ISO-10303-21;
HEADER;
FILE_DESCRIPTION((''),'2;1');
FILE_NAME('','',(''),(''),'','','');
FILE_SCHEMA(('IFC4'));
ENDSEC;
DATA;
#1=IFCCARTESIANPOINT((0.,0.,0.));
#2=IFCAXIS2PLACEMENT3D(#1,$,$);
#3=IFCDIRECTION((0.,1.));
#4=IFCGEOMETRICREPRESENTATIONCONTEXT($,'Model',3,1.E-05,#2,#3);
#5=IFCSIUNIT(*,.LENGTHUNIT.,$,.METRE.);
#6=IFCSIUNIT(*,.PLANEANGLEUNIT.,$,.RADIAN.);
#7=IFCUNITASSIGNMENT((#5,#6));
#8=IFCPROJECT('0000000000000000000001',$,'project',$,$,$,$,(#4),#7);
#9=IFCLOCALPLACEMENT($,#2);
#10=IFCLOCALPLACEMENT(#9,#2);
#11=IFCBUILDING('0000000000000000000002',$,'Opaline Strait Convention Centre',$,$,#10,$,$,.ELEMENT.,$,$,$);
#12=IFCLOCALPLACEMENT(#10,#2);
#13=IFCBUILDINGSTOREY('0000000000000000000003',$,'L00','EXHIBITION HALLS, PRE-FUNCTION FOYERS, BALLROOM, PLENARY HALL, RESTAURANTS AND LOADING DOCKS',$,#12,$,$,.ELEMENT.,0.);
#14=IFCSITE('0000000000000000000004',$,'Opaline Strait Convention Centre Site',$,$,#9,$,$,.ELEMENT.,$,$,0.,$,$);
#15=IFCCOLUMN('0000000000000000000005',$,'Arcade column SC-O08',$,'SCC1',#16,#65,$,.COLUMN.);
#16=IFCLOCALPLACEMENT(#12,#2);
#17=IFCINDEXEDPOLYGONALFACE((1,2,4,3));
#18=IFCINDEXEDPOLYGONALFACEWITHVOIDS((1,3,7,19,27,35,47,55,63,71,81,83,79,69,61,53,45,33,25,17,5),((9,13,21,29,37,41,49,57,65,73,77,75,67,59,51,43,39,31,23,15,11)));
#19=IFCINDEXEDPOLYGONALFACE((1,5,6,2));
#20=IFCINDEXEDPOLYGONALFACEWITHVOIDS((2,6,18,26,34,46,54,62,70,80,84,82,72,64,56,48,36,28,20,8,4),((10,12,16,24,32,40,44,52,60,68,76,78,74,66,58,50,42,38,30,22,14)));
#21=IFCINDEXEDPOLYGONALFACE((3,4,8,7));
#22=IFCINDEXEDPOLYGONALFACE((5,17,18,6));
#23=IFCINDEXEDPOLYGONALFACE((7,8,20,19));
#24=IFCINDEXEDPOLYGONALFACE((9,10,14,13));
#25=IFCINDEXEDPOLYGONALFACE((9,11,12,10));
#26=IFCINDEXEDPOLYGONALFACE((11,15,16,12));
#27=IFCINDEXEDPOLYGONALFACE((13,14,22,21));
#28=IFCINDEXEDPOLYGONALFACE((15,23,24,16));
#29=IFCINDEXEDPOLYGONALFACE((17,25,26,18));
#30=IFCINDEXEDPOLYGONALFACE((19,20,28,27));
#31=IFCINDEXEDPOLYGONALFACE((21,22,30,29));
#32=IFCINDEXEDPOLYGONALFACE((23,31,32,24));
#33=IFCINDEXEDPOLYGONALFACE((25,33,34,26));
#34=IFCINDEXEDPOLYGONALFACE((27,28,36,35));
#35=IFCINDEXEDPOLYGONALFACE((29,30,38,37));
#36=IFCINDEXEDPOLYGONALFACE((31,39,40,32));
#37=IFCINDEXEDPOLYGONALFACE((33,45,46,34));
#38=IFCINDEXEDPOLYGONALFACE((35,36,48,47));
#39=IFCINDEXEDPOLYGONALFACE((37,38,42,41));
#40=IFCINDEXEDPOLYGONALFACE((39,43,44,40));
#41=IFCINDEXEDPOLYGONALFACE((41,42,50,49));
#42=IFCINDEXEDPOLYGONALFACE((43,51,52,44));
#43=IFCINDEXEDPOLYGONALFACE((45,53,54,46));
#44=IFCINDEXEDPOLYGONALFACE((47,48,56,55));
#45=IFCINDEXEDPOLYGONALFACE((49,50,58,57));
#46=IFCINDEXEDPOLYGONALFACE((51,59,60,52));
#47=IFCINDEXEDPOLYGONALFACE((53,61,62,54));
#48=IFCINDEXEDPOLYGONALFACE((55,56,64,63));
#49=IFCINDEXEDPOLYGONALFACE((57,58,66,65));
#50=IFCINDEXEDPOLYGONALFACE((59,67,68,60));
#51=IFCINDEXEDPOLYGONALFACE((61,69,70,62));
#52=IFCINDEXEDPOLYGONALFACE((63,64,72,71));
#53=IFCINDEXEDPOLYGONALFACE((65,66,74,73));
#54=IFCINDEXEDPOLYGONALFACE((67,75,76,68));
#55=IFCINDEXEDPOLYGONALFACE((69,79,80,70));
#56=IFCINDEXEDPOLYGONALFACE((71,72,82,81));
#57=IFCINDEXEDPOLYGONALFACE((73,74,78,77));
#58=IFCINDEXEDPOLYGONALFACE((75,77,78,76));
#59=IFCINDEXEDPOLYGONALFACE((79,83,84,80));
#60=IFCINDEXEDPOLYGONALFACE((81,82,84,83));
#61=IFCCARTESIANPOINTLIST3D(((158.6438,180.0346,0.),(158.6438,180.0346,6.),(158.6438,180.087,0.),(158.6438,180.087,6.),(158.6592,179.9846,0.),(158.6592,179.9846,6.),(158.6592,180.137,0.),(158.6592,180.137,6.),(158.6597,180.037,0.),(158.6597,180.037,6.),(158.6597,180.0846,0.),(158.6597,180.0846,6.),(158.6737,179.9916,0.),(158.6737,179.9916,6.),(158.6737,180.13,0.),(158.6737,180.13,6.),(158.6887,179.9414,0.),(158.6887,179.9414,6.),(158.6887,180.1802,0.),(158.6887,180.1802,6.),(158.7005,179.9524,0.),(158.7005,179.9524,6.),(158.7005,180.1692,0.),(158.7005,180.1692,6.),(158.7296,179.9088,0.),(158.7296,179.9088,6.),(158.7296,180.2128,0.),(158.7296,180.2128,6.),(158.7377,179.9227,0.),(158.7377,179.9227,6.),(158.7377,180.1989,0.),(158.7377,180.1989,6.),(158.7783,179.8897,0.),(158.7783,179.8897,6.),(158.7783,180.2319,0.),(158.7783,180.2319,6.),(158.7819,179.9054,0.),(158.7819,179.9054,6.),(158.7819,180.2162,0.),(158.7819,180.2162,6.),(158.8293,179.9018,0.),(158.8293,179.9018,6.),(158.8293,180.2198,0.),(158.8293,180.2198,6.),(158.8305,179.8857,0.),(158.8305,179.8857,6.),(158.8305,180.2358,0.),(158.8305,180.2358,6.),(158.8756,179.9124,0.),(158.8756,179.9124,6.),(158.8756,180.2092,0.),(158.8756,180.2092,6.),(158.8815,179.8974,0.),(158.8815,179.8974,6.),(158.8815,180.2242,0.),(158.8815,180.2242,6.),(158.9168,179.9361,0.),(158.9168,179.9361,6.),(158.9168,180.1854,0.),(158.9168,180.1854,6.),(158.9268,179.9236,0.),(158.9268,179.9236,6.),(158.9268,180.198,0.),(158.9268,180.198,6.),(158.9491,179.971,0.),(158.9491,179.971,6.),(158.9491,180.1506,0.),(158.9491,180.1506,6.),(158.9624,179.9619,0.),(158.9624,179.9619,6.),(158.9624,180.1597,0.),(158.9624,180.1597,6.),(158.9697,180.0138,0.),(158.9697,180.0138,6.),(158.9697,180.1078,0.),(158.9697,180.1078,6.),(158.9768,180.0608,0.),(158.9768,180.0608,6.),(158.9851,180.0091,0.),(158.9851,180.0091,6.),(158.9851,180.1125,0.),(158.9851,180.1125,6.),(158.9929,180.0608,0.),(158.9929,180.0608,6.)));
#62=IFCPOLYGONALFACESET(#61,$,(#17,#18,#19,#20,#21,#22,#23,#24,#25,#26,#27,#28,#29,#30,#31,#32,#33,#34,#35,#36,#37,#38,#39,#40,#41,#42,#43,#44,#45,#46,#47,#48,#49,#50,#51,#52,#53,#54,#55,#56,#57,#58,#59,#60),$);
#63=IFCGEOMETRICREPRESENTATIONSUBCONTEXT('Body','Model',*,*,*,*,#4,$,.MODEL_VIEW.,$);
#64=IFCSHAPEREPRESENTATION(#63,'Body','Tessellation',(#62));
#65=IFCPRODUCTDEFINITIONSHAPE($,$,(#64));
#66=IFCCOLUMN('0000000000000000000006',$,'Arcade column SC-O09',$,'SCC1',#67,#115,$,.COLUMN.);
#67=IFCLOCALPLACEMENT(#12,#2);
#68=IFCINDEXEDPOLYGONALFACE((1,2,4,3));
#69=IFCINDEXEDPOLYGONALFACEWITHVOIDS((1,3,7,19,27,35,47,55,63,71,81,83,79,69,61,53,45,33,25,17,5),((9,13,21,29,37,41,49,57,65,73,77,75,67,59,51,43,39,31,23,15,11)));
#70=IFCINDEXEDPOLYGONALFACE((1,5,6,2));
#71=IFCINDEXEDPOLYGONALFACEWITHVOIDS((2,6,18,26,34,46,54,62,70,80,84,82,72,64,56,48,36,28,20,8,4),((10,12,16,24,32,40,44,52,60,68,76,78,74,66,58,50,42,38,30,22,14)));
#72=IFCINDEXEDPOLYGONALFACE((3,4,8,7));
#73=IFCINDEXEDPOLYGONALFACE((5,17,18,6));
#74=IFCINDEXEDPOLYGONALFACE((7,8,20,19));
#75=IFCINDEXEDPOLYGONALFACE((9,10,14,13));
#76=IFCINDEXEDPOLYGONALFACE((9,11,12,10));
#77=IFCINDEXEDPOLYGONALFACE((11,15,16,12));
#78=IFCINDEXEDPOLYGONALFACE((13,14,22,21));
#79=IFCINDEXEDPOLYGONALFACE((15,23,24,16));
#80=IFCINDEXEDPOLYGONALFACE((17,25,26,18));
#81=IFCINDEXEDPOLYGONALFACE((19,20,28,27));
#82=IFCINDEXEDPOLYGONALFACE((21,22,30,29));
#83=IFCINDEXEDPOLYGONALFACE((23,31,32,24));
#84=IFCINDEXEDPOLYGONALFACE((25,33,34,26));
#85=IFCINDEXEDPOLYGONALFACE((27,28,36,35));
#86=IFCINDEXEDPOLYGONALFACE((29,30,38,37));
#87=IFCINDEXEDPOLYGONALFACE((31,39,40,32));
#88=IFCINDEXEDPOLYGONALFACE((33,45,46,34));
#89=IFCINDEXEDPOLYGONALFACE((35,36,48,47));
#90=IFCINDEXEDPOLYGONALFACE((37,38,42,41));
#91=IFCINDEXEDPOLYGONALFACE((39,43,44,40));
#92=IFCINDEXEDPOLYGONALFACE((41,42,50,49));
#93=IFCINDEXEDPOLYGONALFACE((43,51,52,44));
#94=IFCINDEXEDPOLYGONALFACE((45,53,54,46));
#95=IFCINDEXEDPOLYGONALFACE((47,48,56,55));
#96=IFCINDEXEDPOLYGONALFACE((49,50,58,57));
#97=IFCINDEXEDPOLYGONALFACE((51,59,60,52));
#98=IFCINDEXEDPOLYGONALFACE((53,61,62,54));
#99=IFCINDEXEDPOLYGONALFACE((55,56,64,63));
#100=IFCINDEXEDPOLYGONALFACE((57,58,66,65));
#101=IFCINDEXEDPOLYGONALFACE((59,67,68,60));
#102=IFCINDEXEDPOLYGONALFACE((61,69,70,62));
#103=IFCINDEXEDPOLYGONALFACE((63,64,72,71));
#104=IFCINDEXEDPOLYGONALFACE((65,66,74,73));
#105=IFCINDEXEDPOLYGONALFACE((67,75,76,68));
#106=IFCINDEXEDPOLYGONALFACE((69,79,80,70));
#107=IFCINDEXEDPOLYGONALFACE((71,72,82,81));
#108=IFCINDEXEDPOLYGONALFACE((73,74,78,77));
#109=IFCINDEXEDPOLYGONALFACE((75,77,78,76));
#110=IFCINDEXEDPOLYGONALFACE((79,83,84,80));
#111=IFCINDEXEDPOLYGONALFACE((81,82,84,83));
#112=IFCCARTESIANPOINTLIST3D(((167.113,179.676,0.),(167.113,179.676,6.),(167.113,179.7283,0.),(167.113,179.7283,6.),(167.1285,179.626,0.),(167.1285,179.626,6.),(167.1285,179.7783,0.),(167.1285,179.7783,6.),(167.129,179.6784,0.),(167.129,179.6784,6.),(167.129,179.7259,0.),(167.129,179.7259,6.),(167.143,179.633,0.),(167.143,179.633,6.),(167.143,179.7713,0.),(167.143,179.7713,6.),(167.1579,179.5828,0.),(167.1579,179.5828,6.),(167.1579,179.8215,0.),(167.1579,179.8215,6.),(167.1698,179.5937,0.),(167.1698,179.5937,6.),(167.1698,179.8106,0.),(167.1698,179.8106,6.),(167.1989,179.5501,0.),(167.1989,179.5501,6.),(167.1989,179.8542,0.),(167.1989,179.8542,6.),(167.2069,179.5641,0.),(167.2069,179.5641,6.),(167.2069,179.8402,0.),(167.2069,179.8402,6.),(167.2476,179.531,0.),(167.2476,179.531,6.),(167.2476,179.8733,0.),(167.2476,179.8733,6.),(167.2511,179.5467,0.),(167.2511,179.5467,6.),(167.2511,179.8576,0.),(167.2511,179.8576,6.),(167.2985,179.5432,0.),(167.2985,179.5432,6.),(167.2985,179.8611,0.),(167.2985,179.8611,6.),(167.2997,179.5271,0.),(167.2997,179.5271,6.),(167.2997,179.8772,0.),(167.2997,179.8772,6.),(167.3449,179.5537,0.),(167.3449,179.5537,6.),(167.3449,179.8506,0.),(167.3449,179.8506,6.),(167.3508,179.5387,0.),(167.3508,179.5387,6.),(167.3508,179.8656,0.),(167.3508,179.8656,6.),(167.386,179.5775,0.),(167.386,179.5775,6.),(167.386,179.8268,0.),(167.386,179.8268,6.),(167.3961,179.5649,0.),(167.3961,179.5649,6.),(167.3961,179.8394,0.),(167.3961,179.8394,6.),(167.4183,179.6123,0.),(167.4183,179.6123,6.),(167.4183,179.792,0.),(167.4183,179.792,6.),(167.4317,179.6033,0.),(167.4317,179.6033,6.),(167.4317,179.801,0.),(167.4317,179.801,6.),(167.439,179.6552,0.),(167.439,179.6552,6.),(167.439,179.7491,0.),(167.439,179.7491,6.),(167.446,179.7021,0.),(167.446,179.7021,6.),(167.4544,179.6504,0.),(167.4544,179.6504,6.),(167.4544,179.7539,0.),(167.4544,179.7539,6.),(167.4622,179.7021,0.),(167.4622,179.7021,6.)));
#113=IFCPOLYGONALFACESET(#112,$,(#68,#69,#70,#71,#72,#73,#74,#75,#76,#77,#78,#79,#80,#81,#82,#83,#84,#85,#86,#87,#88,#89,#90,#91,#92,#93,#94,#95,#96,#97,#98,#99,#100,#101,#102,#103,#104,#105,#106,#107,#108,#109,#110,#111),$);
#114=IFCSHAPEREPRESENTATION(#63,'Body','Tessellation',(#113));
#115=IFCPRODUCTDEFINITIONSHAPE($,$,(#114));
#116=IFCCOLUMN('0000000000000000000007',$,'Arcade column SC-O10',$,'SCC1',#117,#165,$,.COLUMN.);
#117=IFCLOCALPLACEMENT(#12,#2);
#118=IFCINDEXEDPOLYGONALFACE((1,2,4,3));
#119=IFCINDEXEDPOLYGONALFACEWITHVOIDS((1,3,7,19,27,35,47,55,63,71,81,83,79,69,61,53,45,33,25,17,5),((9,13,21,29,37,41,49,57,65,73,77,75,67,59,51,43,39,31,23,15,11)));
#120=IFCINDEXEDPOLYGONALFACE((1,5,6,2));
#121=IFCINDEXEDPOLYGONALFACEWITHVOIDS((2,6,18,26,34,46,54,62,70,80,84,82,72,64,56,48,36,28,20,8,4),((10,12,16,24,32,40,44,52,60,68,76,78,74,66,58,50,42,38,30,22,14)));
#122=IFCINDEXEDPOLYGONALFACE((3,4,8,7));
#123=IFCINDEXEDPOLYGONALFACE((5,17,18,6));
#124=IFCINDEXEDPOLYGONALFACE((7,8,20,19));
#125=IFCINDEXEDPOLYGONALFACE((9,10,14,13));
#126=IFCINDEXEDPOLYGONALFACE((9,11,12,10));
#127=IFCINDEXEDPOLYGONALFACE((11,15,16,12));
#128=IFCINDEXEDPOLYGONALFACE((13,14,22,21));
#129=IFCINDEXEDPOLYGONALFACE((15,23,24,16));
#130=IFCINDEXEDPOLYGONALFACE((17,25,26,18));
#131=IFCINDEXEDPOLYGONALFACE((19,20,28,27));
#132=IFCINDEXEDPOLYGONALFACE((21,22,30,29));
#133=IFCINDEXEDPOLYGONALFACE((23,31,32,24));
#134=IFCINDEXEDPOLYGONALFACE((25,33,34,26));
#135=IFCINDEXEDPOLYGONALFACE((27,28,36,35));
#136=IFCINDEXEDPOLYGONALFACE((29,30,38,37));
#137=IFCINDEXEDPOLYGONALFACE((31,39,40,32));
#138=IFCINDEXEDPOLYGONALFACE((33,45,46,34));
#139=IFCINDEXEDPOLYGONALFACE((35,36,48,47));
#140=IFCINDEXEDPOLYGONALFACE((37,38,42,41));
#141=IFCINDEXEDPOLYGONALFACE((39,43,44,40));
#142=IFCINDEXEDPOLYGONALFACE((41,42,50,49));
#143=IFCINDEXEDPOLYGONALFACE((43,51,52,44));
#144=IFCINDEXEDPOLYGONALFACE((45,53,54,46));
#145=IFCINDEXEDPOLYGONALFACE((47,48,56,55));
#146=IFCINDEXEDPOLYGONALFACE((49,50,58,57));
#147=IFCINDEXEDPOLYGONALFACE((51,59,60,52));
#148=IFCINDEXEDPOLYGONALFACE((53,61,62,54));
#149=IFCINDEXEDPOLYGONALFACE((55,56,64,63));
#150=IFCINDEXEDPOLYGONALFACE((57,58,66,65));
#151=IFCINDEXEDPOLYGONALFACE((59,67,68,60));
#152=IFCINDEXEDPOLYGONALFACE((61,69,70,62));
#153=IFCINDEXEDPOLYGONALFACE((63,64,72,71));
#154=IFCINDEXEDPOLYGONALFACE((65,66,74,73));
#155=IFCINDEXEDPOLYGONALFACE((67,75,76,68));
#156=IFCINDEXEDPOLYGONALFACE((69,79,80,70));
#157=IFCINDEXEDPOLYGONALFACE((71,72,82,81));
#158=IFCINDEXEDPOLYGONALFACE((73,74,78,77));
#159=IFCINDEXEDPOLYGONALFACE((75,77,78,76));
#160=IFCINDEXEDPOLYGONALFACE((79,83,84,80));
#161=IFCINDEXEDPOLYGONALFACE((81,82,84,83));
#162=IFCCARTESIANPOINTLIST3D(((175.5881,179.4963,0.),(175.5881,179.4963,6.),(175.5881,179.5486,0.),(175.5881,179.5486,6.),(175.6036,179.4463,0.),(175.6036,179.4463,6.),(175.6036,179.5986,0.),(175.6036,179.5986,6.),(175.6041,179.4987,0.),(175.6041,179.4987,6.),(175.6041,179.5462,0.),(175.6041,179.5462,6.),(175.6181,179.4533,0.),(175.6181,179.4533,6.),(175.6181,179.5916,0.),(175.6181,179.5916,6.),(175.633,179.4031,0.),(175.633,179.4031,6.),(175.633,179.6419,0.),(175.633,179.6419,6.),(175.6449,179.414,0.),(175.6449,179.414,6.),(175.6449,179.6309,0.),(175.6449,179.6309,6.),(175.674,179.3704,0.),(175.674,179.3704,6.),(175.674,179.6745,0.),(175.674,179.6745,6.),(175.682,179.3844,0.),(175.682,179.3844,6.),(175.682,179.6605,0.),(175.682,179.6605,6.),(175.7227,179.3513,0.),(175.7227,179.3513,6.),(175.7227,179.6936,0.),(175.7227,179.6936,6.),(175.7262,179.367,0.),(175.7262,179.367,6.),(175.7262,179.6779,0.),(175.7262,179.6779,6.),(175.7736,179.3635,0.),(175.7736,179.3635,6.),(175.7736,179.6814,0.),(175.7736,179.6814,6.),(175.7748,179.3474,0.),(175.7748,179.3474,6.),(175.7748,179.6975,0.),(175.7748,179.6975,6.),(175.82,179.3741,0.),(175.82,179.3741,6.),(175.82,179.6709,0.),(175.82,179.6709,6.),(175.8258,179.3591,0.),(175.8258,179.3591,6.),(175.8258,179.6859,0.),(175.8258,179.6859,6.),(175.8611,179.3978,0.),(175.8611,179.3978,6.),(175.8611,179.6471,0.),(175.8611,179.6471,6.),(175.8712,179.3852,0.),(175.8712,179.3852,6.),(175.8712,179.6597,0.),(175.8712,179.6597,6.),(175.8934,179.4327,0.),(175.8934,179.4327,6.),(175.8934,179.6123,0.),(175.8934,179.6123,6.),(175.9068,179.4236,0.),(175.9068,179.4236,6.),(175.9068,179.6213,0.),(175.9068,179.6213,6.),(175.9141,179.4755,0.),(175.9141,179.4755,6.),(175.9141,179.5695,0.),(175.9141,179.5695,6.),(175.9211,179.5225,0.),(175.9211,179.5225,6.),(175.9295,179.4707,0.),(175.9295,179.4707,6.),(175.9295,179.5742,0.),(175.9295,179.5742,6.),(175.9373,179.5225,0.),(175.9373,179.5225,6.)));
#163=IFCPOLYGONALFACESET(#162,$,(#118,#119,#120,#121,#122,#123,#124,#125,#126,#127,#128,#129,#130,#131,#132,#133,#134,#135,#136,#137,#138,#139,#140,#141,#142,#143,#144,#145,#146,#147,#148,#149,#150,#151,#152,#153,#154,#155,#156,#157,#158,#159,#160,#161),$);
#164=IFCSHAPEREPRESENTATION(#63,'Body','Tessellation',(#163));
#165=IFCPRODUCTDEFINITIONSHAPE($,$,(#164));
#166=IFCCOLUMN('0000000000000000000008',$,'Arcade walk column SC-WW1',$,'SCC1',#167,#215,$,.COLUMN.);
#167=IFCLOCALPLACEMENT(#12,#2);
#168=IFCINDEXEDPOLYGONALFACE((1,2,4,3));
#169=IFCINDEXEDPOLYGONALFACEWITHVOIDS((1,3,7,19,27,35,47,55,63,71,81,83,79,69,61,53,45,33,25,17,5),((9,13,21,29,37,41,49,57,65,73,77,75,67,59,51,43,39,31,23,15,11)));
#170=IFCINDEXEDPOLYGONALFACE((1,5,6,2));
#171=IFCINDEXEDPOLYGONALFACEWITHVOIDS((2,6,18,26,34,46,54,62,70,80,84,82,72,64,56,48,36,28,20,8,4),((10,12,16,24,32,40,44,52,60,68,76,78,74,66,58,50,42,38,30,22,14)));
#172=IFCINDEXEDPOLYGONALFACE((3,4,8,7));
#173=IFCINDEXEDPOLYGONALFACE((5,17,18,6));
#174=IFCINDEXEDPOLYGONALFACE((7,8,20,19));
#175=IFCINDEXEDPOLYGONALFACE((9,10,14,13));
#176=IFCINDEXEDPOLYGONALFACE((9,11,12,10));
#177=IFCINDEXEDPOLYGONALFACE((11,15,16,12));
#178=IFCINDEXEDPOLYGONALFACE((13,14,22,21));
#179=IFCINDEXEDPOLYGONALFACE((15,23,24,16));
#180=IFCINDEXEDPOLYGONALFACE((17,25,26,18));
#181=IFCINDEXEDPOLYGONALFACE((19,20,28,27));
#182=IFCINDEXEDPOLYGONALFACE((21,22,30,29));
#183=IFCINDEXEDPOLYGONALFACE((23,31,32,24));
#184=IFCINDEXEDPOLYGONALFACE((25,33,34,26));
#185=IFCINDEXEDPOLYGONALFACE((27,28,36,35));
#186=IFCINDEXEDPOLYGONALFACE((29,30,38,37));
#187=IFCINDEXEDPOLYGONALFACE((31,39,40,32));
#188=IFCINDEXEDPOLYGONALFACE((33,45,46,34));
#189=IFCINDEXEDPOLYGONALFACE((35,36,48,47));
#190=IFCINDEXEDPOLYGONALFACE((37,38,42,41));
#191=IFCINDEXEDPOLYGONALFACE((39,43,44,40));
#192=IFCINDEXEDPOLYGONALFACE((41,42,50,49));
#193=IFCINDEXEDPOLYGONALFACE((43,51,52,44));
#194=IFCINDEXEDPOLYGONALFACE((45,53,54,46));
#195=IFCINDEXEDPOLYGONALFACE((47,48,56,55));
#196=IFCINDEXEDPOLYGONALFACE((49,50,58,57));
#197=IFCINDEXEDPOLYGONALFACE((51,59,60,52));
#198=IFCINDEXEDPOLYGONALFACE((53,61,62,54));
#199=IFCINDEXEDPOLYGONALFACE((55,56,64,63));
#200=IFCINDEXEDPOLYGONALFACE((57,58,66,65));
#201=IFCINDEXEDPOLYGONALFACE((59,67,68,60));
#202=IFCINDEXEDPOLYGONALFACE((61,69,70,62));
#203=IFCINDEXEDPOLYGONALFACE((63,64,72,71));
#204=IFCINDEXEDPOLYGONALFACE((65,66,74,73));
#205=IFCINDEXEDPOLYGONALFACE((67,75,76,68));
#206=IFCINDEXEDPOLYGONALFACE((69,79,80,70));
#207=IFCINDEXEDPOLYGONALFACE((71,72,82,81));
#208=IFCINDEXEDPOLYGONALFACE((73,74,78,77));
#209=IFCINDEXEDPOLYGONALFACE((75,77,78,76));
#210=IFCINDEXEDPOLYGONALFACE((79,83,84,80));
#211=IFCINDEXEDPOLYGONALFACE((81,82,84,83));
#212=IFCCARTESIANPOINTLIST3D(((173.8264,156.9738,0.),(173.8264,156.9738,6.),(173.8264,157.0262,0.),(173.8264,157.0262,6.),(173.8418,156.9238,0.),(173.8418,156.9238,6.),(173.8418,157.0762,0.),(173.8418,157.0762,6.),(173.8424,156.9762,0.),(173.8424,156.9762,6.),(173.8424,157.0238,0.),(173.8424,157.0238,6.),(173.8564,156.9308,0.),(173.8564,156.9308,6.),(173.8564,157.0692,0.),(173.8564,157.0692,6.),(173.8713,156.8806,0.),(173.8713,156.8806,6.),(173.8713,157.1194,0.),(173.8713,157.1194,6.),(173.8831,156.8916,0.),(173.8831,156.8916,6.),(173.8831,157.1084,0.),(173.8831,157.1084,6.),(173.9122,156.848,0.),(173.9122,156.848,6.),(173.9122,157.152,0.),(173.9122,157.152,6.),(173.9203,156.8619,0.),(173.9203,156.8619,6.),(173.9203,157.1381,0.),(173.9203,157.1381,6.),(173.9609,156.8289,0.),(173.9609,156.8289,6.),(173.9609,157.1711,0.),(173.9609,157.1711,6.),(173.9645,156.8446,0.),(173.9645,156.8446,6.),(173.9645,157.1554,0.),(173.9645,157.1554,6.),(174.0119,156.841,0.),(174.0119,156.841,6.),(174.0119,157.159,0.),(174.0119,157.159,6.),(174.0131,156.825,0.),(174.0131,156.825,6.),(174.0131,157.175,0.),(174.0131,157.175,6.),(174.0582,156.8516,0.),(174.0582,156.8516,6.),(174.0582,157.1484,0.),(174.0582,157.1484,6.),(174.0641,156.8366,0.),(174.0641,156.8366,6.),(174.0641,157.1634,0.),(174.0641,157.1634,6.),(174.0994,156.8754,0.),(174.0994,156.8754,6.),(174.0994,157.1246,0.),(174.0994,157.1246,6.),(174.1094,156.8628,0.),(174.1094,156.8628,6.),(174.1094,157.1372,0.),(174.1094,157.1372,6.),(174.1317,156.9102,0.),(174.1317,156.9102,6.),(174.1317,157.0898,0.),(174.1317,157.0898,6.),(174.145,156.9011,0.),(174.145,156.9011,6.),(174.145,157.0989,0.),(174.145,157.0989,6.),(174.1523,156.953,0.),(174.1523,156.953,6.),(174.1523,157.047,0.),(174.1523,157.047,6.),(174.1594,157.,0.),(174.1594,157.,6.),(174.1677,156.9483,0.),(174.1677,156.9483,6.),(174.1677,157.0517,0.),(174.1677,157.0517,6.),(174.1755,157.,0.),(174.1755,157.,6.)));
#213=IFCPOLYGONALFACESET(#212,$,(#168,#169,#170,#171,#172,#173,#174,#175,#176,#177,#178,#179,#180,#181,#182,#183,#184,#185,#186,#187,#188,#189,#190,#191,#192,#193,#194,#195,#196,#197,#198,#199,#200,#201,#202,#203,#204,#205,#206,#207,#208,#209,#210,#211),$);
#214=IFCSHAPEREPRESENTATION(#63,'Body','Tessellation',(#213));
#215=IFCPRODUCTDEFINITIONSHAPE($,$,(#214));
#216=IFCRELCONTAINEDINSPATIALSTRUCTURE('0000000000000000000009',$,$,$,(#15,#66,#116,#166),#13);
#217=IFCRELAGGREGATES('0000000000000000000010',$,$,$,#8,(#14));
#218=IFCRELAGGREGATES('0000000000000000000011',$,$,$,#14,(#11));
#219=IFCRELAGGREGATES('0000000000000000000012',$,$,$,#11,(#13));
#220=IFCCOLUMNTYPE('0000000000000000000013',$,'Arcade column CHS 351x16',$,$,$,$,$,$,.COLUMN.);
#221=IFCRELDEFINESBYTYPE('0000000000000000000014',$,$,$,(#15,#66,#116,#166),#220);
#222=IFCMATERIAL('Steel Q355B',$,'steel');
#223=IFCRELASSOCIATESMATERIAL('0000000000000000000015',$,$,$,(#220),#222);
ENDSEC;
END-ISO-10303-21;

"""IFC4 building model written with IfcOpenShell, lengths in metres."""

from ifc_helpers import new_model, si_unit, direction, frame, origin, origin_2d, place, context, subcontext, project, spatial, hollow_circle, extrude, material, material_profile, profile_set, type_object, element, save


model = new_model("IFC4")

# Units and contexts
model_context = context("Model", 3, precision=1e-05, world=origin(), true_north=direction((0.0, 1.0)))
body_context = subcontext(model_context, "Body", "Model", "MODEL_VIEW")
ifc_project = project(units=[si_unit("LENGTHUNIT", "METRE"), si_unit("PLANEANGLEUNIT", "RADIAN")], contexts=[model_context])

# Site, building, storey
site_placement = place(None, origin())
site = spatial("IfcSite", under=ifc_project, at=site_placement, Name="Opaline Strait Convention Centre Site", CompositionType="ELEMENT", RefElevation=0.0)
building_placement = place(site_placement, origin())
building = spatial("IfcBuilding", under=site, at=building_placement, Name="Opaline Strait Convention Centre", CompositionType="ELEMENT")
storey_placement = place(building_placement, origin())
storey = spatial("IfcBuildingStorey", under=building, at=storey_placement, Name="L00", Description="EXHIBITION HALLS, PRE-FUNCTION FOYERS, BALLROOM, PLENARY HALL, RESTAURANTS AND LOADING DOCKS", CompositionType="ELEMENT", Elevation=0.0)

# Columns
ifc_material_1 = material(Name="Steel Q355B", Category="steel")
ifc_material_profile_1 = material_profile(ifc_material_1, hollow_circle(Radius=0.1755, WallThickness=0.0161, at=origin_2d()), Name="CHS 351x16")
ifc_profile_set_1 = profile_set([ifc_material_profile_1], Name="Steel Q355B")
column_type = type_object("IfcColumnType", Name="Arcade column CHS 351x16", PredefinedType="COLUMN", material=ifc_profile_set_1)
for number, where, z_axis, x_axis, name in (
    (1, (158.8174, 180.0608, 0.0), (0.0, 0.0, 1.0), (1.0, 0.0, 0.0), "Arcade column SC-O08"),
    (2, (167.2866, 179.7021, 0.0), (0.0, 0.0, 1.0), (1.0, 0.0, 0.0), "Arcade column SC-O09"),
    (3, (175.7617, 179.5225, 0.0), (0.0, 0.0, 1.0), (1.0, 0.0, 0.0), "Arcade column SC-O10"),
    (4, (174.0, 157.0, 0.0), (0.0, 0.0, 1.0), (1.0, 0.0, 0.0), "Arcade walk column SC-WW1"),
):
    element("IfcColumn", number, at=place(storey_placement, frame(where, z_axis=z_axis, x_axis=x_axis)), inside=storey, type_object=column_type, Name=name, ObjectType="SCC1", PredefinedType="COLUMN", context=body_context, shape_type="SweptSolid", body=[
        extrude(hollow_circle(Radius=0.1755, WallThickness=0.0161, at=origin_2d()), origin(), (0.0, 0.0, 1.0), 6.0),
    ])

save(model, "model.ifc")
